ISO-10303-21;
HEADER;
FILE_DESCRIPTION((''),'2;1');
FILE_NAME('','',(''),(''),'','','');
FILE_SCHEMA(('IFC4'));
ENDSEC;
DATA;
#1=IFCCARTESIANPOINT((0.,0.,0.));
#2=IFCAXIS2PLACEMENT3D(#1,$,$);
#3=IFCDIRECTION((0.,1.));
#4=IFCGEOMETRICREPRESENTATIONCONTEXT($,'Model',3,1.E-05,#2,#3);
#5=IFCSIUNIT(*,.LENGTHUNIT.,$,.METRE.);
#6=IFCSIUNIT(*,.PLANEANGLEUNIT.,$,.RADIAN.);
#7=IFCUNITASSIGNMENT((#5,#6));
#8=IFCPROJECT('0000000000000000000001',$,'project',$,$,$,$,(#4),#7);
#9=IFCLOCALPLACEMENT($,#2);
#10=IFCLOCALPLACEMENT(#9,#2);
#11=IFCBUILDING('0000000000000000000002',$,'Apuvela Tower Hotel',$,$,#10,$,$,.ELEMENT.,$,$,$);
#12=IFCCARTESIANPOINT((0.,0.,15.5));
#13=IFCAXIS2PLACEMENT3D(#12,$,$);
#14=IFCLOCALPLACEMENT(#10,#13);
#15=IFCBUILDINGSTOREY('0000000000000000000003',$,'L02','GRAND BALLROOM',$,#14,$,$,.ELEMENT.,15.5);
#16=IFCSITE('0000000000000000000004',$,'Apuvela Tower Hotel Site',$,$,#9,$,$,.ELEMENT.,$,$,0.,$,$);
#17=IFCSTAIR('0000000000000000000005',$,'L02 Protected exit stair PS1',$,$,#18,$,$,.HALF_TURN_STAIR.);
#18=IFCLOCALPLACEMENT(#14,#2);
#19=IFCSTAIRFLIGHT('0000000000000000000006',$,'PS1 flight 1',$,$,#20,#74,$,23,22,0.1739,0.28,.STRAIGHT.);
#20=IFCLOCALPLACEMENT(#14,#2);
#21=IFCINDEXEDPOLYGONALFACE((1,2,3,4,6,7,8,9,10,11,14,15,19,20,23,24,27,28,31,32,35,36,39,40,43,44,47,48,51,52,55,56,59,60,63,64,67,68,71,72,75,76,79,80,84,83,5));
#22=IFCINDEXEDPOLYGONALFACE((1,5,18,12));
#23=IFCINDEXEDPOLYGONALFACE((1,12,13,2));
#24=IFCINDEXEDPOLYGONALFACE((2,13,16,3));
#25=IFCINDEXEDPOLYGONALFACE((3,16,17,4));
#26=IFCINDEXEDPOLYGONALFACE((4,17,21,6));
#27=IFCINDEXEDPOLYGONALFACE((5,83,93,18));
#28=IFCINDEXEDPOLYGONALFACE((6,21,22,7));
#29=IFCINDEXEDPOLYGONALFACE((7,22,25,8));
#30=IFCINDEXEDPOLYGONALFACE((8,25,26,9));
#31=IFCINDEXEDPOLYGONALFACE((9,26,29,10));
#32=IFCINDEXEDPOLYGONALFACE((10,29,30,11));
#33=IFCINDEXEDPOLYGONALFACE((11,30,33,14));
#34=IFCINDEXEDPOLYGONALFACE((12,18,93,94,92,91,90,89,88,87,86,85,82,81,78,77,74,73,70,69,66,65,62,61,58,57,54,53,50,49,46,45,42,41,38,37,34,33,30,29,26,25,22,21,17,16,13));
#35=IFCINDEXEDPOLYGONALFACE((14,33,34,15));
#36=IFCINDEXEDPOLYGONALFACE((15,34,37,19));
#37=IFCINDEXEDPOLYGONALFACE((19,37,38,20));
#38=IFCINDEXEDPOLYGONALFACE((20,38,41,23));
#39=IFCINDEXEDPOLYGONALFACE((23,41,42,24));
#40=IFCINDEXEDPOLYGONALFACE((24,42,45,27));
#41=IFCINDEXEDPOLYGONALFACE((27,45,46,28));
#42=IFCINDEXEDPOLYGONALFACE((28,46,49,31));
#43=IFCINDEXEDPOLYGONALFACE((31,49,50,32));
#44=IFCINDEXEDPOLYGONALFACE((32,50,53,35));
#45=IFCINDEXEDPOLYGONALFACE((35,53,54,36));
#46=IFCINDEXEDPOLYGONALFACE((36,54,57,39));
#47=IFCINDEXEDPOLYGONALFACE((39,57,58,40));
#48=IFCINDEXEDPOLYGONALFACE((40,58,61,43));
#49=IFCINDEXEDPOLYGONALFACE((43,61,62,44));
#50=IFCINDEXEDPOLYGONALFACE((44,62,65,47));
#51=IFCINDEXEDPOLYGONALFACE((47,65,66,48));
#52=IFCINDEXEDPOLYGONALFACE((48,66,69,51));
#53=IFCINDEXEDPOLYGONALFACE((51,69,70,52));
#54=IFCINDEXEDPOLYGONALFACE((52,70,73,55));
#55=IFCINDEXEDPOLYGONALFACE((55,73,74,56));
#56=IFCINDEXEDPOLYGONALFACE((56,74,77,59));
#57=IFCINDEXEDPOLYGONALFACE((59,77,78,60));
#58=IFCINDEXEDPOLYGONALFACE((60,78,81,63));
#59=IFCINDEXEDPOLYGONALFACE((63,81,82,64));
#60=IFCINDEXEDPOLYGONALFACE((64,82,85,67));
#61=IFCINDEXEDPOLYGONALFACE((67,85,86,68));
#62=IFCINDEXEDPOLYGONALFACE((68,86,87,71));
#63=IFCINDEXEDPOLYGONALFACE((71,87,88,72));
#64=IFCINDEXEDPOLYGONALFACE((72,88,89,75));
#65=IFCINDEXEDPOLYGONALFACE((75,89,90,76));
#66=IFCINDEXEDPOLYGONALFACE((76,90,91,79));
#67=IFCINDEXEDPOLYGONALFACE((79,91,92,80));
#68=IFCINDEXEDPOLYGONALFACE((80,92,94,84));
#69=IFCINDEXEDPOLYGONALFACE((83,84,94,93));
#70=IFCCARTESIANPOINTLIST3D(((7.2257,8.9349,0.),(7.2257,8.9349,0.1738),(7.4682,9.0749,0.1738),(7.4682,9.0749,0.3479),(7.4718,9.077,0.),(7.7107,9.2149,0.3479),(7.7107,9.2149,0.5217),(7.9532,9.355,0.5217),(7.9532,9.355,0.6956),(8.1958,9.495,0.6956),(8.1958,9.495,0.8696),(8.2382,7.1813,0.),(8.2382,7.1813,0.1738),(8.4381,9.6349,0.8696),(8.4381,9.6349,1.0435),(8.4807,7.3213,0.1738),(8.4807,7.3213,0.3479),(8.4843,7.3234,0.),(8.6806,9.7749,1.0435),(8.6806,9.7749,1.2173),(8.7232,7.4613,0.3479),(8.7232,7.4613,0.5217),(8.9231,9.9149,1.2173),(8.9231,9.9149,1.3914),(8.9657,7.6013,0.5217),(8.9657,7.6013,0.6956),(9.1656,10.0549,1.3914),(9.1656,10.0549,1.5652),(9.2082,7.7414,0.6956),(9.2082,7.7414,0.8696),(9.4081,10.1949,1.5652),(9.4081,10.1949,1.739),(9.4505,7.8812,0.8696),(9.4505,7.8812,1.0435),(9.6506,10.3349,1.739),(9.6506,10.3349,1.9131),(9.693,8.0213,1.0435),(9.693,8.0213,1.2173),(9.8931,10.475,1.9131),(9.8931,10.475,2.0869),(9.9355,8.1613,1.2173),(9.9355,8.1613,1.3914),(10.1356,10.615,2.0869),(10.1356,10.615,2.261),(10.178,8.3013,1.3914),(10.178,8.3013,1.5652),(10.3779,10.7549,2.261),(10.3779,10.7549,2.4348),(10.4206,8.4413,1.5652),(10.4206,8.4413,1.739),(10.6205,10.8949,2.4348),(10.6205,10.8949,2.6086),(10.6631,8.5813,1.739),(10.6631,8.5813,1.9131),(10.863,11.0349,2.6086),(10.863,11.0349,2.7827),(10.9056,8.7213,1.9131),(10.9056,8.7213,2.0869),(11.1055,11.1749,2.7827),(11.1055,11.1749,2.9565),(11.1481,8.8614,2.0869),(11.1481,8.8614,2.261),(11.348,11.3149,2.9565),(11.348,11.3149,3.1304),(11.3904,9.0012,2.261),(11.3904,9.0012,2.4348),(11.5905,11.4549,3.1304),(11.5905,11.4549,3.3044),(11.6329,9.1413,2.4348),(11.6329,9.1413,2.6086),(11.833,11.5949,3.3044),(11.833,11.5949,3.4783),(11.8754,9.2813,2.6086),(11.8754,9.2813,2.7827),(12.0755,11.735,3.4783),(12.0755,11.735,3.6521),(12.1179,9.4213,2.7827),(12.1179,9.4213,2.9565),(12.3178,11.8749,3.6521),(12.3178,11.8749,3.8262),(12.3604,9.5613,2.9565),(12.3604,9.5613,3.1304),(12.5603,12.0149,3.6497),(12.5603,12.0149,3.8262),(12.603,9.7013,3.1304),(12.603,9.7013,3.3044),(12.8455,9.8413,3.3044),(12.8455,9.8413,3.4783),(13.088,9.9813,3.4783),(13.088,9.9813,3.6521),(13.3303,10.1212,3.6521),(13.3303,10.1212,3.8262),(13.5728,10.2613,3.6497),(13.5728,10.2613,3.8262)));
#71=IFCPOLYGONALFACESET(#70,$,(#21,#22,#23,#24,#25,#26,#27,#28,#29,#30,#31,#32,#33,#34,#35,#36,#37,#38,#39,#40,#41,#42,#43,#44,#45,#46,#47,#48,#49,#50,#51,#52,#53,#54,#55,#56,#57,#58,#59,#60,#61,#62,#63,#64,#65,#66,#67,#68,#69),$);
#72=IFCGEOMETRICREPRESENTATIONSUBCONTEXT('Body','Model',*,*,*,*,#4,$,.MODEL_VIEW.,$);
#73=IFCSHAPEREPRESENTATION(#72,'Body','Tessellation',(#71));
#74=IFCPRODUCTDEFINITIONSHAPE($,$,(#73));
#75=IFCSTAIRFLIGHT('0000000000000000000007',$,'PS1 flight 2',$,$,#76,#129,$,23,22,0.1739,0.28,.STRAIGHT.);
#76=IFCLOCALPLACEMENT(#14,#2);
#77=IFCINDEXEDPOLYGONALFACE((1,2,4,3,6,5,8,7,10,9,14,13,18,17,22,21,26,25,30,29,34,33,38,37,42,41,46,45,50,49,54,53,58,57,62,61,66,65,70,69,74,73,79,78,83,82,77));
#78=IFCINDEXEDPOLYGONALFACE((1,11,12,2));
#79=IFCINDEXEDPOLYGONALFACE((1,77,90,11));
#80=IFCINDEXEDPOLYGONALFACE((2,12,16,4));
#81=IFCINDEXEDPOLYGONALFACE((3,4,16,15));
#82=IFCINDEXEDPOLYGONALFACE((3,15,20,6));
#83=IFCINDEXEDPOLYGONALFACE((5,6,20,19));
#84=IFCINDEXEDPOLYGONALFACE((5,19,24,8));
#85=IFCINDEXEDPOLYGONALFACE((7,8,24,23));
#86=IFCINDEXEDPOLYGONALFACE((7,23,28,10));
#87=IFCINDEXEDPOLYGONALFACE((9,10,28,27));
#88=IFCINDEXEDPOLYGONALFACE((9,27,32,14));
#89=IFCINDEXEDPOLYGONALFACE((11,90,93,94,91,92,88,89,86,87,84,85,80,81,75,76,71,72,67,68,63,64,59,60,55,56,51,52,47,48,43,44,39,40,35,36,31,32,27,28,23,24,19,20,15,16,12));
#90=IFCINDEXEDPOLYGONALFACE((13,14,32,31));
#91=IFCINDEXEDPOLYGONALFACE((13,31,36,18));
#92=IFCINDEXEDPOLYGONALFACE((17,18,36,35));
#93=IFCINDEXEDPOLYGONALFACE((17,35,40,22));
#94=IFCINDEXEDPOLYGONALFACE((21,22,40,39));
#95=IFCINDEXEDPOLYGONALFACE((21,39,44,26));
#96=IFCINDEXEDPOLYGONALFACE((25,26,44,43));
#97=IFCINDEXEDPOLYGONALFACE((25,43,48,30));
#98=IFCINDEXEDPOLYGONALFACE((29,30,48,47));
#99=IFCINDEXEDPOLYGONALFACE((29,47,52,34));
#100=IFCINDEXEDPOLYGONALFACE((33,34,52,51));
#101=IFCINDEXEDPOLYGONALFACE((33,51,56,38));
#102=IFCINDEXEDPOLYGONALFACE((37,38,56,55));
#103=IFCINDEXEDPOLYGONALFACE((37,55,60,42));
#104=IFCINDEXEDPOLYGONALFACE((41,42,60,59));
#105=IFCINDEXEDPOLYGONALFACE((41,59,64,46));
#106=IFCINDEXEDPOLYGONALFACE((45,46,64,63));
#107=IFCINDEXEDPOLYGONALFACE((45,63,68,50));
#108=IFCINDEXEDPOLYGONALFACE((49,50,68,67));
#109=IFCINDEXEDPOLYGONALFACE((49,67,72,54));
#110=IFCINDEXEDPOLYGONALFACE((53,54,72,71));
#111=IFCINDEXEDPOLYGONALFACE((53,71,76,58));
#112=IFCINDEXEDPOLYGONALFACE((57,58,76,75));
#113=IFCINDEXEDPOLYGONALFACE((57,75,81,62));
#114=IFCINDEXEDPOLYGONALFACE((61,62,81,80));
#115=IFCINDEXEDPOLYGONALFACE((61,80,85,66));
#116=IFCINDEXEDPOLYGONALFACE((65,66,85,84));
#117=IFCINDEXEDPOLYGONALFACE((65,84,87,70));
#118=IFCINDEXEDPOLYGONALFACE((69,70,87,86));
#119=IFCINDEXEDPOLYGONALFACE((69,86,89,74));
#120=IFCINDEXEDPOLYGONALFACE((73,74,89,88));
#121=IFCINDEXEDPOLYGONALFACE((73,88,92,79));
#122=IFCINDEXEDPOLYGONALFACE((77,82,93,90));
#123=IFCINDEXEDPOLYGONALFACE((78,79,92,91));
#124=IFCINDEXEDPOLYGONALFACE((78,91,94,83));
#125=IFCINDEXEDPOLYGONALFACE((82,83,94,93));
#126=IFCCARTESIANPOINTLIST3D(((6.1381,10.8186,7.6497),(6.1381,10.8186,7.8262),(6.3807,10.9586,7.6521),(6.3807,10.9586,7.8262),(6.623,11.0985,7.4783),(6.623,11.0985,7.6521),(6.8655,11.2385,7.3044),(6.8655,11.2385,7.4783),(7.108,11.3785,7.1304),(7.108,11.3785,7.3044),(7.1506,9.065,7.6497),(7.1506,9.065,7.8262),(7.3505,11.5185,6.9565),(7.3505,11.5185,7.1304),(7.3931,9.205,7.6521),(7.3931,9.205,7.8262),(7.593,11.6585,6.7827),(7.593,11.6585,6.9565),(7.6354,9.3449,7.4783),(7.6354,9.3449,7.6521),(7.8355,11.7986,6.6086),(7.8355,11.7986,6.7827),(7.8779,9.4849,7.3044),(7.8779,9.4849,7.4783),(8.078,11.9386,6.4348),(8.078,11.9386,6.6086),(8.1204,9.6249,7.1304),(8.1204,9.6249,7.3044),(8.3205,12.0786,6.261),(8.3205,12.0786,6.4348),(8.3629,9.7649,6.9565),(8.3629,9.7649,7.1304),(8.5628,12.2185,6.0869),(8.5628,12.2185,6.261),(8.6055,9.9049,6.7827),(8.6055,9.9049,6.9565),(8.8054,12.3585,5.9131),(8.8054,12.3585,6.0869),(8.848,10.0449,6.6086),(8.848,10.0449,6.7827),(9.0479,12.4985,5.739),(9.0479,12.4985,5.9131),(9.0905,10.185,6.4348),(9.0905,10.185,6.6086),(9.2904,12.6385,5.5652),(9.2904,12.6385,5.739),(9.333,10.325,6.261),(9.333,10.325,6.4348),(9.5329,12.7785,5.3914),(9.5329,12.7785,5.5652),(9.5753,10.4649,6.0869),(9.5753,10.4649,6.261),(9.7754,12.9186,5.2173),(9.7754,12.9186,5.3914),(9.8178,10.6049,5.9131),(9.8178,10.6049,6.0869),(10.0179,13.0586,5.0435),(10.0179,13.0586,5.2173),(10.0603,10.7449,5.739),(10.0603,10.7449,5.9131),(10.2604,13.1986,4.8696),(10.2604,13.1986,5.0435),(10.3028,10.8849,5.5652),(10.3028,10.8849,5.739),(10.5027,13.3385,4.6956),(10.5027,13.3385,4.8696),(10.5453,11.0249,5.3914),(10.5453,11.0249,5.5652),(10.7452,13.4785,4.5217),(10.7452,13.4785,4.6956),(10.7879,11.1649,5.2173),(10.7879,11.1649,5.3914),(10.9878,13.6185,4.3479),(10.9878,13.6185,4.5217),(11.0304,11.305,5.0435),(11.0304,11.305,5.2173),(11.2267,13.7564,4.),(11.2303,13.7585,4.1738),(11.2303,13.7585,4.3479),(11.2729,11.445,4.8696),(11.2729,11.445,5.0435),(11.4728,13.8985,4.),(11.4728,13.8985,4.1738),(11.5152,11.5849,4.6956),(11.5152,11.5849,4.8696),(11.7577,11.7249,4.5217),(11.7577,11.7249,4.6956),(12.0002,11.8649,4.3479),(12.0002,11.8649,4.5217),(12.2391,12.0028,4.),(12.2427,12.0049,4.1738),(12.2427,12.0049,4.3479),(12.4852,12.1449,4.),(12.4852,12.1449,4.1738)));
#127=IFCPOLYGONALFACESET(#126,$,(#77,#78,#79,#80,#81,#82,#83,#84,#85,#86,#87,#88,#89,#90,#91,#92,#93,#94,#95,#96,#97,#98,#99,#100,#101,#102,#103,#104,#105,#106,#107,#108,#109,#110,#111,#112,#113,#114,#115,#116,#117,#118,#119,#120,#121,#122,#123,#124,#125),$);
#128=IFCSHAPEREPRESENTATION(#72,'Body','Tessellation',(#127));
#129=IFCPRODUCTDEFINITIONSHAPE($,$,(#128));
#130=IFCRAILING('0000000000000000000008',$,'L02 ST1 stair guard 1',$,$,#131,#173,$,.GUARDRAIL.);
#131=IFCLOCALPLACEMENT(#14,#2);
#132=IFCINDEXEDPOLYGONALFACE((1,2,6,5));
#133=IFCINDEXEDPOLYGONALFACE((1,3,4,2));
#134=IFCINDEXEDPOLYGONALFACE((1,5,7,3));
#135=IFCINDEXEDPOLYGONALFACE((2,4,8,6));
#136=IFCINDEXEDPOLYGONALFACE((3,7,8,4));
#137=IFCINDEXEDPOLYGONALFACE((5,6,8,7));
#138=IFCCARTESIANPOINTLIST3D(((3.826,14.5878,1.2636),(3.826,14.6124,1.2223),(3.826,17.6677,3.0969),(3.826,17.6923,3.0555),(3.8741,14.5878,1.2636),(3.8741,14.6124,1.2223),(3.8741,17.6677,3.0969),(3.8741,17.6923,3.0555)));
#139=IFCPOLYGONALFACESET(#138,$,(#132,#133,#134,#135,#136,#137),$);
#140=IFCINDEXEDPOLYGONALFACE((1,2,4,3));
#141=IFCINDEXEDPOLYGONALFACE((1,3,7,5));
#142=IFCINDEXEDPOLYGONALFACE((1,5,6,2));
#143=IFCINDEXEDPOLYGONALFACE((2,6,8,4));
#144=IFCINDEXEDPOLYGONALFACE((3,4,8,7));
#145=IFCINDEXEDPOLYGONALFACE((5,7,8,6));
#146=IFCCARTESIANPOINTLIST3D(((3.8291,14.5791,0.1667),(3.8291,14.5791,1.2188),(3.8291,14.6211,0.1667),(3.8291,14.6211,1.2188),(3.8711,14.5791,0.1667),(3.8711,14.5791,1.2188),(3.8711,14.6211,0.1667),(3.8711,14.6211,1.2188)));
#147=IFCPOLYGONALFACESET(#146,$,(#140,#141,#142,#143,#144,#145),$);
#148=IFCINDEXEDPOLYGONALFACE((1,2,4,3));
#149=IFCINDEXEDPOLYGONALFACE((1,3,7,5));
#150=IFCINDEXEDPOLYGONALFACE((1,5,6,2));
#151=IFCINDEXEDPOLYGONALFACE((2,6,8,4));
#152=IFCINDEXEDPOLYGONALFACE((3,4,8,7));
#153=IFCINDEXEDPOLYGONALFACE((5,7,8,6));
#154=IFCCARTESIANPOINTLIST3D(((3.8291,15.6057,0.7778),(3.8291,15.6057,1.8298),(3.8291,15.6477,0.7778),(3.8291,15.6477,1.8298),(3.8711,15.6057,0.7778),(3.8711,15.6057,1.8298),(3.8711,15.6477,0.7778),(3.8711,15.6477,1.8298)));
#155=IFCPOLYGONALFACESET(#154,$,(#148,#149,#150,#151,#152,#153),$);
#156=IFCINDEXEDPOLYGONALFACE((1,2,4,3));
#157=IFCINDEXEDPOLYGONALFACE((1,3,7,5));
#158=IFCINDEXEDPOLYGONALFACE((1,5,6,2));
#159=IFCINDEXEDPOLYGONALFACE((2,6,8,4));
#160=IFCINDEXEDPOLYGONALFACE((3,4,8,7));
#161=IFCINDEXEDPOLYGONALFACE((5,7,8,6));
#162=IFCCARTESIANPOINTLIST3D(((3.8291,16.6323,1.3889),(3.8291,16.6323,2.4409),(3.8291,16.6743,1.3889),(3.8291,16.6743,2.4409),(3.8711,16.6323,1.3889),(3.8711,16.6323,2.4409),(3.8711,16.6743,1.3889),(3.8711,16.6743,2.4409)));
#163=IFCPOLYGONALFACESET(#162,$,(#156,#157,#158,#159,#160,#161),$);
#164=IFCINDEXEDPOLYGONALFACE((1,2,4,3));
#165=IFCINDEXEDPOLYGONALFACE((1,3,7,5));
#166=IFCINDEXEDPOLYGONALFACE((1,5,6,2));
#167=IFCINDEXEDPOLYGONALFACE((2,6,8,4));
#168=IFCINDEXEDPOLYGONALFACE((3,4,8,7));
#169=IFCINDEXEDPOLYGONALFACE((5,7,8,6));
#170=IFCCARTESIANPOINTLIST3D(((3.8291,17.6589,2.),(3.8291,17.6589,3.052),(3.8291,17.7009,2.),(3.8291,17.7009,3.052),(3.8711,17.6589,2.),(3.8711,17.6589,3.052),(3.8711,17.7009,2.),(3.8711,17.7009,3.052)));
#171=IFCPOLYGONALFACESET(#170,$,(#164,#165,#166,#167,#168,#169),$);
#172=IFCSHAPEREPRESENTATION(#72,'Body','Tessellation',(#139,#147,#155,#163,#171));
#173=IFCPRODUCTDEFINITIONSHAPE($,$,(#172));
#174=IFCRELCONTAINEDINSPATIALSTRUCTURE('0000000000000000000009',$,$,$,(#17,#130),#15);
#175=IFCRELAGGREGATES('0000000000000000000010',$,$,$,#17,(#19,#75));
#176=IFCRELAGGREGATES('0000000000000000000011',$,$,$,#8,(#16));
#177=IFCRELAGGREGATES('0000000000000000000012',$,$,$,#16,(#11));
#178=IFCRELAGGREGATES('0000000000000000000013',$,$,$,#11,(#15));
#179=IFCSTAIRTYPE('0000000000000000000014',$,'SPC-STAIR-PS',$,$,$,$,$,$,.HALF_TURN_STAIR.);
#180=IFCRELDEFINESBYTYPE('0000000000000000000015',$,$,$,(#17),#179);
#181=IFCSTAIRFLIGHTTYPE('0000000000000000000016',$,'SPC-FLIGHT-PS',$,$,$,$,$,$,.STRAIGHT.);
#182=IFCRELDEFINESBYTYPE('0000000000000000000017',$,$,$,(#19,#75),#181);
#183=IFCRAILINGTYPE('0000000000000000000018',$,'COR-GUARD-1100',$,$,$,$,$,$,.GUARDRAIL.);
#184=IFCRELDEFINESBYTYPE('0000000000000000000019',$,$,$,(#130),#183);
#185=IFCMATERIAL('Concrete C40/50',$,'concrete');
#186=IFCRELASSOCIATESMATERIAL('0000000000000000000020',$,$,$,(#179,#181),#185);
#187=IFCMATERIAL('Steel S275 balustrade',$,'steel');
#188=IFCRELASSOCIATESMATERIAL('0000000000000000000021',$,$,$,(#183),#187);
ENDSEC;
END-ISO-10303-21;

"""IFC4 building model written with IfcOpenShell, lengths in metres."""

from ifc_helpers import new_model, si_unit, direction, frame, origin, origin_2d, place, context, subcontext, project, spatial, polyline, rectangle, outline, extrude, material, type_object, element, aggregate, save


model = new_model("IFC4")

# Units and contexts
model_context = context("Model", 3, precision=1e-05, world=origin(), true_north=direction((0.0, 1.0)))
body_context = subcontext(model_context, "Body", "Model", "MODEL_VIEW")
ifc_project = project(units=[si_unit("LENGTHUNIT", "METRE"), si_unit("PLANEANGLEUNIT", "RADIAN")], contexts=[model_context])

# Site, building, storey
site_placement = place(None, origin())
site = spatial("IfcSite", under=ifc_project, at=site_placement, Name="Apuvela Tower Hotel Site", CompositionType="ELEMENT", RefElevation=0.0)
building_placement = place(site_placement, origin())
building = spatial("IfcBuilding", under=site, at=building_placement, Name="Apuvela Tower Hotel", CompositionType="ELEMENT")
storey_placement = place(building_placement, frame((0.0, 0.0, 15.5)))
storey = spatial("IfcBuildingStorey", under=building, at=storey_placement, Name="L02", Description="GRAND BALLROOM", CompositionType="ELEMENT", Elevation=15.5)

# Shared definitions
ifc_material_1 = material(Name="Concrete C40/50", Category="concrete")
stair_type = type_object("IfcStairType", Name="SPC-STAIR-PS", PredefinedType="HALF_TURN_STAIR", material=ifc_material_1)

# Stair, stair flights
stair_1_placement = place(storey_placement, origin())
stair_1 = element("IfcStair", 1, at=stair_1_placement, inside=storey, type_object=stair_type, Name="L02 Protected exit stair PS1", PredefinedType="HALF_TURN_STAIR")
stair_flight_type = type_object("IfcStairFlightType", Name="SPC-FLIGHT-PS", PredefinedType="STRAIGHT", material=ifc_material_1)
stair_flight_1_placement = place(storey_placement, frame((7.7319, 8.0581, 0.0), z_axis=(0.0, 0.0, 1.0), x_axis=(0.866025, 0.5, 0.0)))
stair_flight_1 = element("IfcStairFlight", 2, at=stair_flight_1_placement, type_object=stair_flight_type, Name="PS1 flight 1", NumberOfRisers=23, NumberOfTreads=22, PredefinedType="STRAIGHT", RiserHeight=0.1739, TreadLength=0.28, context=body_context, shape_type="SweptSolid", body=[
    extrude(outline(polyline([(0.0, 0.0), (0.0, 0.1738), (0.28, 0.1738), (0.28, 0.3479), (0.5601, 0.3479), (0.5601, 0.5217), (0.8401, 0.5217), (0.8401, 0.6956), (1.1201, 0.6956), (1.1201, 0.8696), (1.3999, 0.8696), (1.3999, 1.0435), (1.6799, 1.0435), (1.6799, 1.2173), (1.96, 1.2173), (1.96, 1.3914), (2.24, 1.3914), (2.24, 1.5652), (2.52, 1.5652), (2.52, 1.739), (2.8, 1.739), (2.8, 1.9131), (3.0801, 1.9131), (3.0801, 2.0869), (3.3601, 2.0869), (3.3601, 2.261), (3.6399, 2.261), (3.6399, 2.4348), (3.9199, 2.4348), (3.9199, 2.6086), (4.2, 2.6086), (4.2, 2.7827), (4.48, 2.7827), (4.48, 2.9565), (4.76, 2.9565), (4.76, 3.1304), (5.04, 3.1304), (5.04, 3.3044), (5.3201, 3.3044), (5.3201, 3.4783), (5.6001, 3.4783), (5.6001, 3.6521), (5.8799, 3.6521), (5.8799, 3.8262), (6.1599, 3.8262), (6.1599, 4.0), (6.1599, 3.6497), (0.2842, 0.0), (0.0, 0.0)])), frame((0.0, 1.0125, 0.0), z_axis=(0.0, -1.0, 0.0), x_axis=(1.0, 0.0, 0.0)), (0.0, 0.0, 1.0), 2.0249),
])
stair_flight_2_placement = place(storey_placement, frame((11.979, 13.0217, 4.0), z_axis=(0.0, 0.0, 1.0), x_axis=(-0.866025, -0.5, 0.0)))
stair_flight_2 = element("IfcStairFlight", 3, at=stair_flight_2_placement, type_object=stair_flight_type, Name="PS1 flight 2", NumberOfRisers=23, NumberOfTreads=22, PredefinedType="STRAIGHT", RiserHeight=0.1739, TreadLength=0.28, context=body_context, shape_type="SweptSolid", body=[
    extrude(outline(polyline([(0.0, 0.0), (0.0, 0.1738), (0.28, 0.1738), (0.28, 0.3479), (0.5601, 0.3479), (0.5601, 0.5217), (0.8401, 0.5217), (0.8401, 0.6956), (1.1201, 0.6956), (1.1201, 0.8696), (1.3999, 0.8696), (1.3999, 1.0435), (1.6799, 1.0435), (1.6799, 1.2173), (1.96, 1.2173), (1.96, 1.3914), (2.24, 1.3914), (2.24, 1.5652), (2.52, 1.5652), (2.52, 1.739), (2.8, 1.739), (2.8, 1.9131), (3.0801, 1.9131), (3.0801, 2.0869), (3.3601, 2.0869), (3.3601, 2.261), (3.6399, 2.261), (3.6399, 2.4348), (3.9199, 2.4348), (3.9199, 2.6086), (4.2, 2.6086), (4.2, 2.7827), (4.48, 2.7827), (4.48, 2.9565), (4.76, 2.9565), (4.76, 3.1304), (5.04, 3.1304), (5.04, 3.3044), (5.3201, 3.3044), (5.3201, 3.4783), (5.6001, 3.4783), (5.6001, 3.6521), (5.8799, 3.6521), (5.8799, 3.8262), (6.1599, 3.8262), (6.1599, 4.0), (6.1599, 3.6497), (0.2842, 0.0), (0.0, 0.0)])), frame((0.0, 1.0125, 0.0), z_axis=(0.0, -1.0, 0.0), x_axis=(1.0, 0.0, 0.0)), (0.0, 0.0, 1.0), 2.0249),
])
aggregate(stair_1, [stair_flight_1, stair_flight_2])

# Railing
ifc_material_2 = material(Name="Steel S275 balustrade", Category="steel")
railing_type_1 = type_object("IfcRailingType", Name="COR-GUARD-1100", PredefinedType="GUARDRAIL", material=ifc_material_2)
railing_1_placement = place(storey_placement, frame((3.8501, 14.6001, 0.1667)))
element("IfcRailing", 4, at=railing_1_placement, inside=storey, type_object=railing_type_1, Name="L02 ST1 stair guard 1", PredefinedType="GUARDRAIL", context=body_context, shape_type="SweptSolid", body=[
    extrude(rectangle(XDim=0.0481, YDim=0.0481, at=origin_2d()), frame((0.0, 0.0, 1.0762), z_axis=(0.0, 0.859291, 0.511487), x_axis=(-1.0, 0.0, 0.0)), (0.0, 0.0, 1.0), 3.5842),
    extrude(rectangle(XDim=0.042, YDim=0.042, at=origin_2d()), origin(), (0.0, 0.0, 1.0), 1.052),
    extrude(rectangle(XDim=0.042, YDim=0.042, at=origin_2d()), frame((0.0, 1.0266, 0.6111)), (0.0, 0.0, 1.0), 1.052),
    extrude(rectangle(XDim=0.042, YDim=0.042, at=origin_2d()), frame((0.0, 2.0532, 1.2222)), (0.0, 0.0, 1.0), 1.052),
    extrude(rectangle(XDim=0.042, YDim=0.042, at=origin_2d()), frame((0.0, 3.0798, 1.8333)), (0.0, 0.0, 1.0), 1.052),
])

save(model, "model.ifc")
